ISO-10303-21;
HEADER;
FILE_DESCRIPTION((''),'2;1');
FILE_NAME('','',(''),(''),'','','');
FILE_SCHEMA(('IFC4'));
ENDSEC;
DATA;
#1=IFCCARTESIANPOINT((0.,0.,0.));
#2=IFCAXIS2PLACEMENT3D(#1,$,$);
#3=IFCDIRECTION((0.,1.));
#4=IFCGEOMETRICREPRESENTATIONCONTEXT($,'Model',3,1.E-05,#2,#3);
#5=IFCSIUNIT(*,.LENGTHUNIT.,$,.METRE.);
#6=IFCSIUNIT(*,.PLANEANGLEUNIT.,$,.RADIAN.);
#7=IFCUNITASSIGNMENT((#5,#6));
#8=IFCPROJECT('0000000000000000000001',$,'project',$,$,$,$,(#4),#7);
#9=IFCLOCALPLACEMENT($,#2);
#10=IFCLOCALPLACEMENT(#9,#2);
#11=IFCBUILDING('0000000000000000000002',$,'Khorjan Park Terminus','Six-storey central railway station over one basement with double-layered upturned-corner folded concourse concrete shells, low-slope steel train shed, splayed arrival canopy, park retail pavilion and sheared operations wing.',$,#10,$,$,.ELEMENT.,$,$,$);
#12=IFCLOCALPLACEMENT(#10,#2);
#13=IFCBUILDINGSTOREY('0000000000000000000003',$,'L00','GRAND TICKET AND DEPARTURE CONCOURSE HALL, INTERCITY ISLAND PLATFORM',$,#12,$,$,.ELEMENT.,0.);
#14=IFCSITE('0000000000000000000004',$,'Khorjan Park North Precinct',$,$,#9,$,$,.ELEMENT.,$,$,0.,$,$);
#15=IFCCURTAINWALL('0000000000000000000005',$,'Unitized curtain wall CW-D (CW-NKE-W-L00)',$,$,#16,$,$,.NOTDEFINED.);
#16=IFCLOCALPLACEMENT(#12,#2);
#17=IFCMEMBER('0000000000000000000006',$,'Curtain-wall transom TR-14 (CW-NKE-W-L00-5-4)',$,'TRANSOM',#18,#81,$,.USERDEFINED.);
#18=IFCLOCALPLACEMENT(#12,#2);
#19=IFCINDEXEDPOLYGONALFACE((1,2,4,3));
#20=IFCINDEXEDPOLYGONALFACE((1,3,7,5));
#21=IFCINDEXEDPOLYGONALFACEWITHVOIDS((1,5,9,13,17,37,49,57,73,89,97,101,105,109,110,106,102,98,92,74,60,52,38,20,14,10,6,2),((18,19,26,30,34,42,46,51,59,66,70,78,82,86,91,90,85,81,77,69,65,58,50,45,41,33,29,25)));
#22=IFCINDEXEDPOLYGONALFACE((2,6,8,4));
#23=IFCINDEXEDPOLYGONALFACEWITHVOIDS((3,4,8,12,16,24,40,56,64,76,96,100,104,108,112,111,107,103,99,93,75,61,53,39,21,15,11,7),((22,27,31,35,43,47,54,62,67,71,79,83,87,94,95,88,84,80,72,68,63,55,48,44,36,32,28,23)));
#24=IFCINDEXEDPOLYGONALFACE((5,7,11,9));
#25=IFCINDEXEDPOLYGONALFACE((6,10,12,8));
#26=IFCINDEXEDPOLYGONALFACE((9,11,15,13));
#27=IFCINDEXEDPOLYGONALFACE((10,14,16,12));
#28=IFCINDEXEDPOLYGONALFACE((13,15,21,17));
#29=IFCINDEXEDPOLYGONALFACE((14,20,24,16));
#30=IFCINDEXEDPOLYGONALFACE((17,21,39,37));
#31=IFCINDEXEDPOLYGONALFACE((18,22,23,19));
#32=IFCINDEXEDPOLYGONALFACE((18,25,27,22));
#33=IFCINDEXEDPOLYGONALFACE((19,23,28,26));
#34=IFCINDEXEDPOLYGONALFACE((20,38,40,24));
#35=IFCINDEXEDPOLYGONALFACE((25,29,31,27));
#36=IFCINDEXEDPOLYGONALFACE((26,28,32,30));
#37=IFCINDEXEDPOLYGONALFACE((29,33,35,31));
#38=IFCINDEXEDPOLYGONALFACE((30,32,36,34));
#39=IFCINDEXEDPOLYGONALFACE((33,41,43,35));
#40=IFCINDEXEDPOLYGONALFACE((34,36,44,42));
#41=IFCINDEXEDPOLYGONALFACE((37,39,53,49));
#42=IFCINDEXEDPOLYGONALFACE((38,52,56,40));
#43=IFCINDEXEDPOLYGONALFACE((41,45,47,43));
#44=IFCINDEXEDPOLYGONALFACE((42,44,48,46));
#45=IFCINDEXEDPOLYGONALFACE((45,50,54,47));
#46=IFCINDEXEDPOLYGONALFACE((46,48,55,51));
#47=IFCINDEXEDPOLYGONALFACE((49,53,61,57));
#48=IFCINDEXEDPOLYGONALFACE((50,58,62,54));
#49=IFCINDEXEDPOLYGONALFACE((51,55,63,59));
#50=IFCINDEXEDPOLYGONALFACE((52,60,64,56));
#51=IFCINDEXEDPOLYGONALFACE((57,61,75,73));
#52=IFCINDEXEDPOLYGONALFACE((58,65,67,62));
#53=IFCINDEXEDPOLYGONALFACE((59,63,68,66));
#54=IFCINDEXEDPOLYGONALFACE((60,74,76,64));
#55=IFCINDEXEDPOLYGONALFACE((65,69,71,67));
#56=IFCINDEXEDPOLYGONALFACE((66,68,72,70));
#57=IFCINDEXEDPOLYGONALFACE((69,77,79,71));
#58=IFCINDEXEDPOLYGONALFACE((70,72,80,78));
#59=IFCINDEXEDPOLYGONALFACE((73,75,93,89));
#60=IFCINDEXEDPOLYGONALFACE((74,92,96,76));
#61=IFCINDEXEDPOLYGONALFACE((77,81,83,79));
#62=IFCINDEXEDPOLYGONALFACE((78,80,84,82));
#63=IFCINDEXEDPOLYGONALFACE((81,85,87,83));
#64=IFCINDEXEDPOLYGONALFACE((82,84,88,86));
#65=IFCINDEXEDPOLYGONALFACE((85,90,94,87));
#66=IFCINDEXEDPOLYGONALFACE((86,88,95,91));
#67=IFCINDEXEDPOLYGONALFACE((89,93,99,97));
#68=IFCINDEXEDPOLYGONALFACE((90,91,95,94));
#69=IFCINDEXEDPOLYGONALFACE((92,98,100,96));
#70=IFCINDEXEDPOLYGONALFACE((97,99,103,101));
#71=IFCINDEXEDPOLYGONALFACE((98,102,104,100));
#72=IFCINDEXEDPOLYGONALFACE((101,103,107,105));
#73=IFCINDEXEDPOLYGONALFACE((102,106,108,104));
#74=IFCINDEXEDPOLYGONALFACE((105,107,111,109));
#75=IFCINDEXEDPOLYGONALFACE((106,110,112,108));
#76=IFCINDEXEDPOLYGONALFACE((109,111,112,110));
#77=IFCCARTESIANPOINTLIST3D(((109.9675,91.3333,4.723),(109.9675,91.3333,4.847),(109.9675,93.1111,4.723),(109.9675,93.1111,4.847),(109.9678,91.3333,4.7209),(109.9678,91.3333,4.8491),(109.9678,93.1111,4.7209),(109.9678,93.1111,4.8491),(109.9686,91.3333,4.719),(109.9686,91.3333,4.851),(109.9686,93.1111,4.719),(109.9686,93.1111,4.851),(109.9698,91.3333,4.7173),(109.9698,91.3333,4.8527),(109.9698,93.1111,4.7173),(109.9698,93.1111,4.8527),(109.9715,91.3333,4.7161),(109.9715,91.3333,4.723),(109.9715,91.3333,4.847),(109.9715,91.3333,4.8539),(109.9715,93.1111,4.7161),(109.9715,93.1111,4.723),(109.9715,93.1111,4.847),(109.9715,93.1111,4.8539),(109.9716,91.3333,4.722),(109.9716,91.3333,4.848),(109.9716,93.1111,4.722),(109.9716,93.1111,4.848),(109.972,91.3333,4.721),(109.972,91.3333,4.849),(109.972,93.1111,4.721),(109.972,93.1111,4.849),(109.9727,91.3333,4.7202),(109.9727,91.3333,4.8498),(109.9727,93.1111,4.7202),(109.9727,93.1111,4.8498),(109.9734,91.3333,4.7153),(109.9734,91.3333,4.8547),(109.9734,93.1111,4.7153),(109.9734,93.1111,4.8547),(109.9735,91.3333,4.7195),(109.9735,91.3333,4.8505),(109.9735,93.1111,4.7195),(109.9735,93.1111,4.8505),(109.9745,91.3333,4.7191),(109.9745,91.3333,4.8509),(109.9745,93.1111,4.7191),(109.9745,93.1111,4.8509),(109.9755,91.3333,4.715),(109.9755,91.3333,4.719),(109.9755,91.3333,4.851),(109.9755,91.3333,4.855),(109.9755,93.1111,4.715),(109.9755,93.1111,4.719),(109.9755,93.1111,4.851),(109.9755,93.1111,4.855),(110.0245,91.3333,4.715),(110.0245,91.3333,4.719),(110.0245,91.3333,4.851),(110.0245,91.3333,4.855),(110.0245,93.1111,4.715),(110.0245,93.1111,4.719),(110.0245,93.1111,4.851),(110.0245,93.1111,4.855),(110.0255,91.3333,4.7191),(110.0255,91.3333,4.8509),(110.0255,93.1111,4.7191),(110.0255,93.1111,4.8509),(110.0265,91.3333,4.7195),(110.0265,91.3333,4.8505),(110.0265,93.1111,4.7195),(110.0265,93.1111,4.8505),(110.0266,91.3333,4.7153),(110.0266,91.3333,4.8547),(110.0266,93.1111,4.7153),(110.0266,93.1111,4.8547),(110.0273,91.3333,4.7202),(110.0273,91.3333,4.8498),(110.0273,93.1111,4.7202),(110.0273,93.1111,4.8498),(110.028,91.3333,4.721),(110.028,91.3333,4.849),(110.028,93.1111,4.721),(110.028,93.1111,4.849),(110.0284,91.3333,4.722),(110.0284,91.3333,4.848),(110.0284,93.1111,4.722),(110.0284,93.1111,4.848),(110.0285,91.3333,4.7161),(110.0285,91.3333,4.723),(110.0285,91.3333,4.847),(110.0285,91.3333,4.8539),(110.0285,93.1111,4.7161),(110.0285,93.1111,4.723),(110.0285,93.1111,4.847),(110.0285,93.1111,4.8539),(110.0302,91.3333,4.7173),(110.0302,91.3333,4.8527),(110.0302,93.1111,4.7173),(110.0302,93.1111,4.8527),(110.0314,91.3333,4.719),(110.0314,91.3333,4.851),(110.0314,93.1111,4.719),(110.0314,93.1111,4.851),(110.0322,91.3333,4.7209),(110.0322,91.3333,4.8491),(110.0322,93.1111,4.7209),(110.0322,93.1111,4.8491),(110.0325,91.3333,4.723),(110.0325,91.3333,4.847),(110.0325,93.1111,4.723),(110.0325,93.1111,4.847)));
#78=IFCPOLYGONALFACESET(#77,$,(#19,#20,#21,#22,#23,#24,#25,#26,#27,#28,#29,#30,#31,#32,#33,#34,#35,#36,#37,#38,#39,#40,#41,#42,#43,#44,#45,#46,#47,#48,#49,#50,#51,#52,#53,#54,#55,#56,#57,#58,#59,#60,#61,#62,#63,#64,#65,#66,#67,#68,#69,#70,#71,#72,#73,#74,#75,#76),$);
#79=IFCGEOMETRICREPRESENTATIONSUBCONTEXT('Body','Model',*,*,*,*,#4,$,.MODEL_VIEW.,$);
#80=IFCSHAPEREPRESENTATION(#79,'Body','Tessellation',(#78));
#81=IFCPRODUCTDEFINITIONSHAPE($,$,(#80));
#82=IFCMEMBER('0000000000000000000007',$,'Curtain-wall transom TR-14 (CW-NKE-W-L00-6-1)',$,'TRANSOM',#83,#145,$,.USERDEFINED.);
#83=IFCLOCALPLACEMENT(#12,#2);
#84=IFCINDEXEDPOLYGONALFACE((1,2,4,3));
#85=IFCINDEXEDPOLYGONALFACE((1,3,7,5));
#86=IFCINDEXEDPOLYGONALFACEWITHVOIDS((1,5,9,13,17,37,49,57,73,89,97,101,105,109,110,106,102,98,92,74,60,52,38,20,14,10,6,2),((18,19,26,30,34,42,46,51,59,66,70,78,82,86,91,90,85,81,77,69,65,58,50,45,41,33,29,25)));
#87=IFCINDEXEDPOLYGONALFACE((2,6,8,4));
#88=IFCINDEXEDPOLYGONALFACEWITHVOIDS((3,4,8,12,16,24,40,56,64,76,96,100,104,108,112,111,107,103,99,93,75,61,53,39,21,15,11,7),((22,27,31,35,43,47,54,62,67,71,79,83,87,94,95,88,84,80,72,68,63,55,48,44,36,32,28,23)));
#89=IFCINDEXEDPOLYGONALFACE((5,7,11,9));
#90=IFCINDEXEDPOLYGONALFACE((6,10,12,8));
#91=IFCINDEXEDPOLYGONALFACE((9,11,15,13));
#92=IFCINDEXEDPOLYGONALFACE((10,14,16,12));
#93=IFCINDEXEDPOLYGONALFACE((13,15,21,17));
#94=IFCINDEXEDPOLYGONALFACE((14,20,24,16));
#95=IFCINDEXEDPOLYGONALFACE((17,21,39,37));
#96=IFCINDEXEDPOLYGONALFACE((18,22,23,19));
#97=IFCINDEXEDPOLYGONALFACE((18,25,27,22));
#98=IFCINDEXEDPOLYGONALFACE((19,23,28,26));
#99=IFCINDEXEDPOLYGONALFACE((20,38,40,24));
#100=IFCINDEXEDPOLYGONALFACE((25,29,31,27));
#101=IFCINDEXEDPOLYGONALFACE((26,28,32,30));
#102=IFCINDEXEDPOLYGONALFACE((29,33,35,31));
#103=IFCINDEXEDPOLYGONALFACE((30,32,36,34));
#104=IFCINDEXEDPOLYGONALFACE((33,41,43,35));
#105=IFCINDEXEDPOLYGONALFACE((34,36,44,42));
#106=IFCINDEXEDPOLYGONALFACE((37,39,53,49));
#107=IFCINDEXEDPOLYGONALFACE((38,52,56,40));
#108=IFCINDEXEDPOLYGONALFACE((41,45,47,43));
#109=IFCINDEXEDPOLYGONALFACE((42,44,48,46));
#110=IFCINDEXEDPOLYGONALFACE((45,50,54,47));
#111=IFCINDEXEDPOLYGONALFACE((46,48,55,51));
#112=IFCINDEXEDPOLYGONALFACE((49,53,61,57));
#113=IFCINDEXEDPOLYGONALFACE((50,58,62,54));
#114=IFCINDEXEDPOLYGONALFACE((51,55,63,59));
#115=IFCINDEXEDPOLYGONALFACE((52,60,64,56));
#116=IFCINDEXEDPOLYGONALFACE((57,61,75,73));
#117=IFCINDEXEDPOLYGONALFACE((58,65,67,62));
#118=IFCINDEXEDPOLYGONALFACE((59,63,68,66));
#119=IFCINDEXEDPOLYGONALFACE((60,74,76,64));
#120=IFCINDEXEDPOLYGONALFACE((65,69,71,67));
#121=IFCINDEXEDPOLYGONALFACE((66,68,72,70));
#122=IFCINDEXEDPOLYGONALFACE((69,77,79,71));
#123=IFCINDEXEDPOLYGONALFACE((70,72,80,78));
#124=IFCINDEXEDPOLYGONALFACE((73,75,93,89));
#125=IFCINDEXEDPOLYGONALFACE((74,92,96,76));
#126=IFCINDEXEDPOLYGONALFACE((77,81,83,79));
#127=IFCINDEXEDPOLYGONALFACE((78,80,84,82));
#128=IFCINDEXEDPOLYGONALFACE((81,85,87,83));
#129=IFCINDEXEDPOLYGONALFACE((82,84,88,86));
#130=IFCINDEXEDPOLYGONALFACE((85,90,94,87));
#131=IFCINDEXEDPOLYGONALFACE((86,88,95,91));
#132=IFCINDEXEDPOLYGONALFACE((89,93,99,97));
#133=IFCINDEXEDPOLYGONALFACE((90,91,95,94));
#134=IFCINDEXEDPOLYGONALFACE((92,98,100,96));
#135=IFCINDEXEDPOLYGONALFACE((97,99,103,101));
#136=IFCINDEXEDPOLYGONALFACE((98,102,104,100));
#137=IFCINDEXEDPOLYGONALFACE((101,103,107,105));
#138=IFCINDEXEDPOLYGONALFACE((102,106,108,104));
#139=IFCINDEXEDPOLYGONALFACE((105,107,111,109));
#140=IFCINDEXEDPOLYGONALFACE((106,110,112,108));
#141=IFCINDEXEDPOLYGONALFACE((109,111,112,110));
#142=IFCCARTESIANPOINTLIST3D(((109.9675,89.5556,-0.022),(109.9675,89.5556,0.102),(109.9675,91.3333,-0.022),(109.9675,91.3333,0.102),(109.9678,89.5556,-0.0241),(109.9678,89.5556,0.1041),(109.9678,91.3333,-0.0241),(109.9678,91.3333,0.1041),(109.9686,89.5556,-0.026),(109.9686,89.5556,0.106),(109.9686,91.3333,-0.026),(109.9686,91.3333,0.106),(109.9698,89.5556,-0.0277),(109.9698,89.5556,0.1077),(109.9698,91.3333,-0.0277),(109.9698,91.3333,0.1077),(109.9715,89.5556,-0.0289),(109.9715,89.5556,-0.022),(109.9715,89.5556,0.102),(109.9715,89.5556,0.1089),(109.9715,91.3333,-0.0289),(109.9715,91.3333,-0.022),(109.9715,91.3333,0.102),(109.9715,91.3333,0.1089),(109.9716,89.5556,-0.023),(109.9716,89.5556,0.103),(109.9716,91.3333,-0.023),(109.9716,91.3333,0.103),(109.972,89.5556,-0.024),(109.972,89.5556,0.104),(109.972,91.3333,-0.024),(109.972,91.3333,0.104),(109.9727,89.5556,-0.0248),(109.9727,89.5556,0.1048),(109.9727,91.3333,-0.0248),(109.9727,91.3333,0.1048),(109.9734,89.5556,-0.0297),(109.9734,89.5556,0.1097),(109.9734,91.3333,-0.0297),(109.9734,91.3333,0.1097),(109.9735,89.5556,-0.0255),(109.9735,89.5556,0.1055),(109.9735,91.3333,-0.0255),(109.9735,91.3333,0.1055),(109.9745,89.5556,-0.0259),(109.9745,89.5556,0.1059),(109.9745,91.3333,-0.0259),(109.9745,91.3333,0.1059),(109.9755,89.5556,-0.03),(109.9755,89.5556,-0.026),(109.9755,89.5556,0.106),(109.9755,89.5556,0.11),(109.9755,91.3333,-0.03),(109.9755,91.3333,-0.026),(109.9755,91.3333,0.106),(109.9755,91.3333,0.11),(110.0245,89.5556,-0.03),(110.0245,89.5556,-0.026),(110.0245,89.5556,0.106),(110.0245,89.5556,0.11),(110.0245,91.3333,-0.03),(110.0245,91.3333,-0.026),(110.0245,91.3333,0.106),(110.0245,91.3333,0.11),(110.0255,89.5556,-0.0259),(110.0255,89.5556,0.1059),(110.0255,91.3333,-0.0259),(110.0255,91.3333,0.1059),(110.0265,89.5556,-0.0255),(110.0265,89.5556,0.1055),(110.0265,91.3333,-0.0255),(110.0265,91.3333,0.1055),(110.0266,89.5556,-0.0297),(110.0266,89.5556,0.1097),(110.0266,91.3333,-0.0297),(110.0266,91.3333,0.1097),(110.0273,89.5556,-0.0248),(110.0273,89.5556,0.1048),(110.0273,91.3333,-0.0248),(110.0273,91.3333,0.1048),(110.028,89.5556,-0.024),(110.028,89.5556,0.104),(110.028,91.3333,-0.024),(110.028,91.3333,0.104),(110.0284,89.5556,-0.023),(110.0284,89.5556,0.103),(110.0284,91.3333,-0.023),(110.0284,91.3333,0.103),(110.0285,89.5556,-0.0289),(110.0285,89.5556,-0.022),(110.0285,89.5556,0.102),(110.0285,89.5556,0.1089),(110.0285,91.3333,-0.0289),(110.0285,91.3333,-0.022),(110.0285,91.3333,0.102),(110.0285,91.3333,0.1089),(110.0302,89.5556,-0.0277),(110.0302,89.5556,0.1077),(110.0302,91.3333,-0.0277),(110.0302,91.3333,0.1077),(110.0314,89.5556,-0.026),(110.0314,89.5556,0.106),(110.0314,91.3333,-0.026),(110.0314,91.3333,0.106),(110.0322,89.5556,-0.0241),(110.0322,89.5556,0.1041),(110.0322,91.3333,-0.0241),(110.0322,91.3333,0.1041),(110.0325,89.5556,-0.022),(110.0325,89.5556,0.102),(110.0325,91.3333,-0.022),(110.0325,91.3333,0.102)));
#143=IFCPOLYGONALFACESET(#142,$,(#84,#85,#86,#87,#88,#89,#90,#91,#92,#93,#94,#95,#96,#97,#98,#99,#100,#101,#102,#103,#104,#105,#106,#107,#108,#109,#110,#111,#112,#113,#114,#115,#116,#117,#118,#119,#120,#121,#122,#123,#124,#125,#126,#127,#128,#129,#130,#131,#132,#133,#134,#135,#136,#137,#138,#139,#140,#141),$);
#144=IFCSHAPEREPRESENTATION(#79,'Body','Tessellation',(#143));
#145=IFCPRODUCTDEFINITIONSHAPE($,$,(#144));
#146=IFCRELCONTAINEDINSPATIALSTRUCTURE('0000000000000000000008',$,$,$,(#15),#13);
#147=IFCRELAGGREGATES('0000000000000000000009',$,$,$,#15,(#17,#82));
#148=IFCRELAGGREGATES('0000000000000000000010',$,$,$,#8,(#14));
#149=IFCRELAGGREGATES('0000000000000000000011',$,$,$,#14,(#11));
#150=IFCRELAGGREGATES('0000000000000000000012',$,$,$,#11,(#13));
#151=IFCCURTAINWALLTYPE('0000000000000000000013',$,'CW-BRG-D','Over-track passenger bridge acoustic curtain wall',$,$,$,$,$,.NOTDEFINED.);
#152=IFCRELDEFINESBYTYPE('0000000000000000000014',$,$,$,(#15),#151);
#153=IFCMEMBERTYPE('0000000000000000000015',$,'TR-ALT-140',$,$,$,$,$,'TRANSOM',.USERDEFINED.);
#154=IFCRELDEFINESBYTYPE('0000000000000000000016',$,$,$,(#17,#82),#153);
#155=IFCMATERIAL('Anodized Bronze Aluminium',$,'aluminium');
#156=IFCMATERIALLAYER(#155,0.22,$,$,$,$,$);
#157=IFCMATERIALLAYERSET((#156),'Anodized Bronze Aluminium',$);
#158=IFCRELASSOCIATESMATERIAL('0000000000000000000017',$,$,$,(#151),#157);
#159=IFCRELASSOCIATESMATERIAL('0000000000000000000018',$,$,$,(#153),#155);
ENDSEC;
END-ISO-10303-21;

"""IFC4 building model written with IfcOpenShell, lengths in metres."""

from ifc_helpers import new_model, si_unit, direction, frame, origin, origin_2d, place, context, subcontext, project, spatial, hollow_rectangle, extrude, material, layer, layer_set, material_profile, profile_set, type_object, element, aggregate, save


model = new_model("IFC4")

# Units and contexts
model_context = context("Model", 3, precision=1e-05, world=origin(), true_north=direction((0.0, 1.0)))
body_context = subcontext(model_context, "Body", "Model", "MODEL_VIEW")
ifc_project = project(units=[si_unit("LENGTHUNIT", "METRE"), si_unit("PLANEANGLEUNIT", "RADIAN")], contexts=[model_context])

# Site, building, storey
site_placement = place(None, origin())
site = spatial("IfcSite", under=ifc_project, at=site_placement, Name="Khorjan Park North Precinct", CompositionType="ELEMENT", RefElevation=0.0)
building_placement = place(site_placement, origin())
building = spatial("IfcBuilding", under=site, at=building_placement, Name="Khorjan Park Terminus", Description="Six-storey central railway station over one basement with double-layered upturned-corner folded concourse concrete shells, low-slope steel train shed, splayed arrival canopy, park retail pavilion and sheared operations wing.", CompositionType="ELEMENT")
storey_placement = place(building_placement, origin())
storey = spatial("IfcBuildingStorey", under=building, at=storey_placement, Name="L00", Description="GRAND TICKET AND DEPARTURE CONCOURSE HALL, INTERCITY ISLAND PLATFORM", CompositionType="ELEMENT", Elevation=0.0)

# Curtain wall, members
ifc_material_1 = material(Name="Anodized Bronze Aluminium", Category="aluminium")
ifc_layer_1 = layer(ifc_material_1, 0.22)
ifc_layer_set_1 = layer_set([ifc_layer_1], Name="Anodized Bronze Aluminium")
curtain_wall_type = type_object("IfcCurtainWallType", Name="CW-BRG-D", Description="Over-track passenger bridge acoustic curtain wall", PredefinedType="NOTDEFINED", material=ifc_layer_set_1)
curtain_wall_placement = place(storey_placement, origin())
curtain_wall = element("IfcCurtainWall", 1, at=curtain_wall_placement, inside=storey, type_object=curtain_wall_type, Name="Unitized curtain wall CW-D (CW-NKE-W-L00)", PredefinedType="NOTDEFINED")
ifc_material_profile_1 = material_profile(ifc_material_1, hollow_rectangle(XDim=0.065, YDim=0.14, WallThickness=0.004, InnerFilletRadius=0.004, OuterFilletRadius=0.008, at=origin_2d()), Name="ALT 65x140x4")
ifc_profile_set_1 = profile_set([ifc_material_profile_1], Name="Anodized Bronze Aluminium")
member_type_1 = type_object("IfcMemberType", Name="TR-ALT-140", ElementType="TRANSOM", PredefinedType="USERDEFINED", material=ifc_profile_set_1)
member_1_placement = place(storey_placement, frame((110.0, 93.1111, 4.785), z_axis=(0.0, -1.0, 0.0), x_axis=(1.0, 0.0, 0.0)))
member_1 = element("IfcMember", 2, at=member_1_placement, type_object=member_type_1, Name="Curtain-wall transom TR-14 (CW-NKE-W-L00-5-4)", ObjectType="TRANSOM", PredefinedType="USERDEFINED", context=body_context, shape_type="SweptSolid", body=[
    extrude(hollow_rectangle(XDim=0.065, YDim=0.14, WallThickness=0.004, InnerFilletRadius=0.004, OuterFilletRadius=0.008, at=origin_2d()), origin(), (0.0, 0.0, 1.0), 1.7778),
])
member_2_placement = place(storey_placement, frame((110.0, 91.3333, 0.04), z_axis=(0.0, -1.0, 0.0), x_axis=(1.0, 0.0, 0.0)))
member_2 = element("IfcMember", 3, at=member_2_placement, type_object=member_type_1, Name="Curtain-wall transom TR-14 (CW-NKE-W-L00-6-1)", ObjectType="TRANSOM", PredefinedType="USERDEFINED", context=body_context, shape_type="SweptSolid", body=[
    extrude(hollow_rectangle(XDim=0.065, YDim=0.14, WallThickness=0.004, InnerFilletRadius=0.004, OuterFilletRadius=0.008, at=origin_2d()), origin(), (0.0, 0.0, 1.0), 1.7777),
])
aggregate(curtain_wall, [member_1, member_2])

save(model, "model.ifc")
